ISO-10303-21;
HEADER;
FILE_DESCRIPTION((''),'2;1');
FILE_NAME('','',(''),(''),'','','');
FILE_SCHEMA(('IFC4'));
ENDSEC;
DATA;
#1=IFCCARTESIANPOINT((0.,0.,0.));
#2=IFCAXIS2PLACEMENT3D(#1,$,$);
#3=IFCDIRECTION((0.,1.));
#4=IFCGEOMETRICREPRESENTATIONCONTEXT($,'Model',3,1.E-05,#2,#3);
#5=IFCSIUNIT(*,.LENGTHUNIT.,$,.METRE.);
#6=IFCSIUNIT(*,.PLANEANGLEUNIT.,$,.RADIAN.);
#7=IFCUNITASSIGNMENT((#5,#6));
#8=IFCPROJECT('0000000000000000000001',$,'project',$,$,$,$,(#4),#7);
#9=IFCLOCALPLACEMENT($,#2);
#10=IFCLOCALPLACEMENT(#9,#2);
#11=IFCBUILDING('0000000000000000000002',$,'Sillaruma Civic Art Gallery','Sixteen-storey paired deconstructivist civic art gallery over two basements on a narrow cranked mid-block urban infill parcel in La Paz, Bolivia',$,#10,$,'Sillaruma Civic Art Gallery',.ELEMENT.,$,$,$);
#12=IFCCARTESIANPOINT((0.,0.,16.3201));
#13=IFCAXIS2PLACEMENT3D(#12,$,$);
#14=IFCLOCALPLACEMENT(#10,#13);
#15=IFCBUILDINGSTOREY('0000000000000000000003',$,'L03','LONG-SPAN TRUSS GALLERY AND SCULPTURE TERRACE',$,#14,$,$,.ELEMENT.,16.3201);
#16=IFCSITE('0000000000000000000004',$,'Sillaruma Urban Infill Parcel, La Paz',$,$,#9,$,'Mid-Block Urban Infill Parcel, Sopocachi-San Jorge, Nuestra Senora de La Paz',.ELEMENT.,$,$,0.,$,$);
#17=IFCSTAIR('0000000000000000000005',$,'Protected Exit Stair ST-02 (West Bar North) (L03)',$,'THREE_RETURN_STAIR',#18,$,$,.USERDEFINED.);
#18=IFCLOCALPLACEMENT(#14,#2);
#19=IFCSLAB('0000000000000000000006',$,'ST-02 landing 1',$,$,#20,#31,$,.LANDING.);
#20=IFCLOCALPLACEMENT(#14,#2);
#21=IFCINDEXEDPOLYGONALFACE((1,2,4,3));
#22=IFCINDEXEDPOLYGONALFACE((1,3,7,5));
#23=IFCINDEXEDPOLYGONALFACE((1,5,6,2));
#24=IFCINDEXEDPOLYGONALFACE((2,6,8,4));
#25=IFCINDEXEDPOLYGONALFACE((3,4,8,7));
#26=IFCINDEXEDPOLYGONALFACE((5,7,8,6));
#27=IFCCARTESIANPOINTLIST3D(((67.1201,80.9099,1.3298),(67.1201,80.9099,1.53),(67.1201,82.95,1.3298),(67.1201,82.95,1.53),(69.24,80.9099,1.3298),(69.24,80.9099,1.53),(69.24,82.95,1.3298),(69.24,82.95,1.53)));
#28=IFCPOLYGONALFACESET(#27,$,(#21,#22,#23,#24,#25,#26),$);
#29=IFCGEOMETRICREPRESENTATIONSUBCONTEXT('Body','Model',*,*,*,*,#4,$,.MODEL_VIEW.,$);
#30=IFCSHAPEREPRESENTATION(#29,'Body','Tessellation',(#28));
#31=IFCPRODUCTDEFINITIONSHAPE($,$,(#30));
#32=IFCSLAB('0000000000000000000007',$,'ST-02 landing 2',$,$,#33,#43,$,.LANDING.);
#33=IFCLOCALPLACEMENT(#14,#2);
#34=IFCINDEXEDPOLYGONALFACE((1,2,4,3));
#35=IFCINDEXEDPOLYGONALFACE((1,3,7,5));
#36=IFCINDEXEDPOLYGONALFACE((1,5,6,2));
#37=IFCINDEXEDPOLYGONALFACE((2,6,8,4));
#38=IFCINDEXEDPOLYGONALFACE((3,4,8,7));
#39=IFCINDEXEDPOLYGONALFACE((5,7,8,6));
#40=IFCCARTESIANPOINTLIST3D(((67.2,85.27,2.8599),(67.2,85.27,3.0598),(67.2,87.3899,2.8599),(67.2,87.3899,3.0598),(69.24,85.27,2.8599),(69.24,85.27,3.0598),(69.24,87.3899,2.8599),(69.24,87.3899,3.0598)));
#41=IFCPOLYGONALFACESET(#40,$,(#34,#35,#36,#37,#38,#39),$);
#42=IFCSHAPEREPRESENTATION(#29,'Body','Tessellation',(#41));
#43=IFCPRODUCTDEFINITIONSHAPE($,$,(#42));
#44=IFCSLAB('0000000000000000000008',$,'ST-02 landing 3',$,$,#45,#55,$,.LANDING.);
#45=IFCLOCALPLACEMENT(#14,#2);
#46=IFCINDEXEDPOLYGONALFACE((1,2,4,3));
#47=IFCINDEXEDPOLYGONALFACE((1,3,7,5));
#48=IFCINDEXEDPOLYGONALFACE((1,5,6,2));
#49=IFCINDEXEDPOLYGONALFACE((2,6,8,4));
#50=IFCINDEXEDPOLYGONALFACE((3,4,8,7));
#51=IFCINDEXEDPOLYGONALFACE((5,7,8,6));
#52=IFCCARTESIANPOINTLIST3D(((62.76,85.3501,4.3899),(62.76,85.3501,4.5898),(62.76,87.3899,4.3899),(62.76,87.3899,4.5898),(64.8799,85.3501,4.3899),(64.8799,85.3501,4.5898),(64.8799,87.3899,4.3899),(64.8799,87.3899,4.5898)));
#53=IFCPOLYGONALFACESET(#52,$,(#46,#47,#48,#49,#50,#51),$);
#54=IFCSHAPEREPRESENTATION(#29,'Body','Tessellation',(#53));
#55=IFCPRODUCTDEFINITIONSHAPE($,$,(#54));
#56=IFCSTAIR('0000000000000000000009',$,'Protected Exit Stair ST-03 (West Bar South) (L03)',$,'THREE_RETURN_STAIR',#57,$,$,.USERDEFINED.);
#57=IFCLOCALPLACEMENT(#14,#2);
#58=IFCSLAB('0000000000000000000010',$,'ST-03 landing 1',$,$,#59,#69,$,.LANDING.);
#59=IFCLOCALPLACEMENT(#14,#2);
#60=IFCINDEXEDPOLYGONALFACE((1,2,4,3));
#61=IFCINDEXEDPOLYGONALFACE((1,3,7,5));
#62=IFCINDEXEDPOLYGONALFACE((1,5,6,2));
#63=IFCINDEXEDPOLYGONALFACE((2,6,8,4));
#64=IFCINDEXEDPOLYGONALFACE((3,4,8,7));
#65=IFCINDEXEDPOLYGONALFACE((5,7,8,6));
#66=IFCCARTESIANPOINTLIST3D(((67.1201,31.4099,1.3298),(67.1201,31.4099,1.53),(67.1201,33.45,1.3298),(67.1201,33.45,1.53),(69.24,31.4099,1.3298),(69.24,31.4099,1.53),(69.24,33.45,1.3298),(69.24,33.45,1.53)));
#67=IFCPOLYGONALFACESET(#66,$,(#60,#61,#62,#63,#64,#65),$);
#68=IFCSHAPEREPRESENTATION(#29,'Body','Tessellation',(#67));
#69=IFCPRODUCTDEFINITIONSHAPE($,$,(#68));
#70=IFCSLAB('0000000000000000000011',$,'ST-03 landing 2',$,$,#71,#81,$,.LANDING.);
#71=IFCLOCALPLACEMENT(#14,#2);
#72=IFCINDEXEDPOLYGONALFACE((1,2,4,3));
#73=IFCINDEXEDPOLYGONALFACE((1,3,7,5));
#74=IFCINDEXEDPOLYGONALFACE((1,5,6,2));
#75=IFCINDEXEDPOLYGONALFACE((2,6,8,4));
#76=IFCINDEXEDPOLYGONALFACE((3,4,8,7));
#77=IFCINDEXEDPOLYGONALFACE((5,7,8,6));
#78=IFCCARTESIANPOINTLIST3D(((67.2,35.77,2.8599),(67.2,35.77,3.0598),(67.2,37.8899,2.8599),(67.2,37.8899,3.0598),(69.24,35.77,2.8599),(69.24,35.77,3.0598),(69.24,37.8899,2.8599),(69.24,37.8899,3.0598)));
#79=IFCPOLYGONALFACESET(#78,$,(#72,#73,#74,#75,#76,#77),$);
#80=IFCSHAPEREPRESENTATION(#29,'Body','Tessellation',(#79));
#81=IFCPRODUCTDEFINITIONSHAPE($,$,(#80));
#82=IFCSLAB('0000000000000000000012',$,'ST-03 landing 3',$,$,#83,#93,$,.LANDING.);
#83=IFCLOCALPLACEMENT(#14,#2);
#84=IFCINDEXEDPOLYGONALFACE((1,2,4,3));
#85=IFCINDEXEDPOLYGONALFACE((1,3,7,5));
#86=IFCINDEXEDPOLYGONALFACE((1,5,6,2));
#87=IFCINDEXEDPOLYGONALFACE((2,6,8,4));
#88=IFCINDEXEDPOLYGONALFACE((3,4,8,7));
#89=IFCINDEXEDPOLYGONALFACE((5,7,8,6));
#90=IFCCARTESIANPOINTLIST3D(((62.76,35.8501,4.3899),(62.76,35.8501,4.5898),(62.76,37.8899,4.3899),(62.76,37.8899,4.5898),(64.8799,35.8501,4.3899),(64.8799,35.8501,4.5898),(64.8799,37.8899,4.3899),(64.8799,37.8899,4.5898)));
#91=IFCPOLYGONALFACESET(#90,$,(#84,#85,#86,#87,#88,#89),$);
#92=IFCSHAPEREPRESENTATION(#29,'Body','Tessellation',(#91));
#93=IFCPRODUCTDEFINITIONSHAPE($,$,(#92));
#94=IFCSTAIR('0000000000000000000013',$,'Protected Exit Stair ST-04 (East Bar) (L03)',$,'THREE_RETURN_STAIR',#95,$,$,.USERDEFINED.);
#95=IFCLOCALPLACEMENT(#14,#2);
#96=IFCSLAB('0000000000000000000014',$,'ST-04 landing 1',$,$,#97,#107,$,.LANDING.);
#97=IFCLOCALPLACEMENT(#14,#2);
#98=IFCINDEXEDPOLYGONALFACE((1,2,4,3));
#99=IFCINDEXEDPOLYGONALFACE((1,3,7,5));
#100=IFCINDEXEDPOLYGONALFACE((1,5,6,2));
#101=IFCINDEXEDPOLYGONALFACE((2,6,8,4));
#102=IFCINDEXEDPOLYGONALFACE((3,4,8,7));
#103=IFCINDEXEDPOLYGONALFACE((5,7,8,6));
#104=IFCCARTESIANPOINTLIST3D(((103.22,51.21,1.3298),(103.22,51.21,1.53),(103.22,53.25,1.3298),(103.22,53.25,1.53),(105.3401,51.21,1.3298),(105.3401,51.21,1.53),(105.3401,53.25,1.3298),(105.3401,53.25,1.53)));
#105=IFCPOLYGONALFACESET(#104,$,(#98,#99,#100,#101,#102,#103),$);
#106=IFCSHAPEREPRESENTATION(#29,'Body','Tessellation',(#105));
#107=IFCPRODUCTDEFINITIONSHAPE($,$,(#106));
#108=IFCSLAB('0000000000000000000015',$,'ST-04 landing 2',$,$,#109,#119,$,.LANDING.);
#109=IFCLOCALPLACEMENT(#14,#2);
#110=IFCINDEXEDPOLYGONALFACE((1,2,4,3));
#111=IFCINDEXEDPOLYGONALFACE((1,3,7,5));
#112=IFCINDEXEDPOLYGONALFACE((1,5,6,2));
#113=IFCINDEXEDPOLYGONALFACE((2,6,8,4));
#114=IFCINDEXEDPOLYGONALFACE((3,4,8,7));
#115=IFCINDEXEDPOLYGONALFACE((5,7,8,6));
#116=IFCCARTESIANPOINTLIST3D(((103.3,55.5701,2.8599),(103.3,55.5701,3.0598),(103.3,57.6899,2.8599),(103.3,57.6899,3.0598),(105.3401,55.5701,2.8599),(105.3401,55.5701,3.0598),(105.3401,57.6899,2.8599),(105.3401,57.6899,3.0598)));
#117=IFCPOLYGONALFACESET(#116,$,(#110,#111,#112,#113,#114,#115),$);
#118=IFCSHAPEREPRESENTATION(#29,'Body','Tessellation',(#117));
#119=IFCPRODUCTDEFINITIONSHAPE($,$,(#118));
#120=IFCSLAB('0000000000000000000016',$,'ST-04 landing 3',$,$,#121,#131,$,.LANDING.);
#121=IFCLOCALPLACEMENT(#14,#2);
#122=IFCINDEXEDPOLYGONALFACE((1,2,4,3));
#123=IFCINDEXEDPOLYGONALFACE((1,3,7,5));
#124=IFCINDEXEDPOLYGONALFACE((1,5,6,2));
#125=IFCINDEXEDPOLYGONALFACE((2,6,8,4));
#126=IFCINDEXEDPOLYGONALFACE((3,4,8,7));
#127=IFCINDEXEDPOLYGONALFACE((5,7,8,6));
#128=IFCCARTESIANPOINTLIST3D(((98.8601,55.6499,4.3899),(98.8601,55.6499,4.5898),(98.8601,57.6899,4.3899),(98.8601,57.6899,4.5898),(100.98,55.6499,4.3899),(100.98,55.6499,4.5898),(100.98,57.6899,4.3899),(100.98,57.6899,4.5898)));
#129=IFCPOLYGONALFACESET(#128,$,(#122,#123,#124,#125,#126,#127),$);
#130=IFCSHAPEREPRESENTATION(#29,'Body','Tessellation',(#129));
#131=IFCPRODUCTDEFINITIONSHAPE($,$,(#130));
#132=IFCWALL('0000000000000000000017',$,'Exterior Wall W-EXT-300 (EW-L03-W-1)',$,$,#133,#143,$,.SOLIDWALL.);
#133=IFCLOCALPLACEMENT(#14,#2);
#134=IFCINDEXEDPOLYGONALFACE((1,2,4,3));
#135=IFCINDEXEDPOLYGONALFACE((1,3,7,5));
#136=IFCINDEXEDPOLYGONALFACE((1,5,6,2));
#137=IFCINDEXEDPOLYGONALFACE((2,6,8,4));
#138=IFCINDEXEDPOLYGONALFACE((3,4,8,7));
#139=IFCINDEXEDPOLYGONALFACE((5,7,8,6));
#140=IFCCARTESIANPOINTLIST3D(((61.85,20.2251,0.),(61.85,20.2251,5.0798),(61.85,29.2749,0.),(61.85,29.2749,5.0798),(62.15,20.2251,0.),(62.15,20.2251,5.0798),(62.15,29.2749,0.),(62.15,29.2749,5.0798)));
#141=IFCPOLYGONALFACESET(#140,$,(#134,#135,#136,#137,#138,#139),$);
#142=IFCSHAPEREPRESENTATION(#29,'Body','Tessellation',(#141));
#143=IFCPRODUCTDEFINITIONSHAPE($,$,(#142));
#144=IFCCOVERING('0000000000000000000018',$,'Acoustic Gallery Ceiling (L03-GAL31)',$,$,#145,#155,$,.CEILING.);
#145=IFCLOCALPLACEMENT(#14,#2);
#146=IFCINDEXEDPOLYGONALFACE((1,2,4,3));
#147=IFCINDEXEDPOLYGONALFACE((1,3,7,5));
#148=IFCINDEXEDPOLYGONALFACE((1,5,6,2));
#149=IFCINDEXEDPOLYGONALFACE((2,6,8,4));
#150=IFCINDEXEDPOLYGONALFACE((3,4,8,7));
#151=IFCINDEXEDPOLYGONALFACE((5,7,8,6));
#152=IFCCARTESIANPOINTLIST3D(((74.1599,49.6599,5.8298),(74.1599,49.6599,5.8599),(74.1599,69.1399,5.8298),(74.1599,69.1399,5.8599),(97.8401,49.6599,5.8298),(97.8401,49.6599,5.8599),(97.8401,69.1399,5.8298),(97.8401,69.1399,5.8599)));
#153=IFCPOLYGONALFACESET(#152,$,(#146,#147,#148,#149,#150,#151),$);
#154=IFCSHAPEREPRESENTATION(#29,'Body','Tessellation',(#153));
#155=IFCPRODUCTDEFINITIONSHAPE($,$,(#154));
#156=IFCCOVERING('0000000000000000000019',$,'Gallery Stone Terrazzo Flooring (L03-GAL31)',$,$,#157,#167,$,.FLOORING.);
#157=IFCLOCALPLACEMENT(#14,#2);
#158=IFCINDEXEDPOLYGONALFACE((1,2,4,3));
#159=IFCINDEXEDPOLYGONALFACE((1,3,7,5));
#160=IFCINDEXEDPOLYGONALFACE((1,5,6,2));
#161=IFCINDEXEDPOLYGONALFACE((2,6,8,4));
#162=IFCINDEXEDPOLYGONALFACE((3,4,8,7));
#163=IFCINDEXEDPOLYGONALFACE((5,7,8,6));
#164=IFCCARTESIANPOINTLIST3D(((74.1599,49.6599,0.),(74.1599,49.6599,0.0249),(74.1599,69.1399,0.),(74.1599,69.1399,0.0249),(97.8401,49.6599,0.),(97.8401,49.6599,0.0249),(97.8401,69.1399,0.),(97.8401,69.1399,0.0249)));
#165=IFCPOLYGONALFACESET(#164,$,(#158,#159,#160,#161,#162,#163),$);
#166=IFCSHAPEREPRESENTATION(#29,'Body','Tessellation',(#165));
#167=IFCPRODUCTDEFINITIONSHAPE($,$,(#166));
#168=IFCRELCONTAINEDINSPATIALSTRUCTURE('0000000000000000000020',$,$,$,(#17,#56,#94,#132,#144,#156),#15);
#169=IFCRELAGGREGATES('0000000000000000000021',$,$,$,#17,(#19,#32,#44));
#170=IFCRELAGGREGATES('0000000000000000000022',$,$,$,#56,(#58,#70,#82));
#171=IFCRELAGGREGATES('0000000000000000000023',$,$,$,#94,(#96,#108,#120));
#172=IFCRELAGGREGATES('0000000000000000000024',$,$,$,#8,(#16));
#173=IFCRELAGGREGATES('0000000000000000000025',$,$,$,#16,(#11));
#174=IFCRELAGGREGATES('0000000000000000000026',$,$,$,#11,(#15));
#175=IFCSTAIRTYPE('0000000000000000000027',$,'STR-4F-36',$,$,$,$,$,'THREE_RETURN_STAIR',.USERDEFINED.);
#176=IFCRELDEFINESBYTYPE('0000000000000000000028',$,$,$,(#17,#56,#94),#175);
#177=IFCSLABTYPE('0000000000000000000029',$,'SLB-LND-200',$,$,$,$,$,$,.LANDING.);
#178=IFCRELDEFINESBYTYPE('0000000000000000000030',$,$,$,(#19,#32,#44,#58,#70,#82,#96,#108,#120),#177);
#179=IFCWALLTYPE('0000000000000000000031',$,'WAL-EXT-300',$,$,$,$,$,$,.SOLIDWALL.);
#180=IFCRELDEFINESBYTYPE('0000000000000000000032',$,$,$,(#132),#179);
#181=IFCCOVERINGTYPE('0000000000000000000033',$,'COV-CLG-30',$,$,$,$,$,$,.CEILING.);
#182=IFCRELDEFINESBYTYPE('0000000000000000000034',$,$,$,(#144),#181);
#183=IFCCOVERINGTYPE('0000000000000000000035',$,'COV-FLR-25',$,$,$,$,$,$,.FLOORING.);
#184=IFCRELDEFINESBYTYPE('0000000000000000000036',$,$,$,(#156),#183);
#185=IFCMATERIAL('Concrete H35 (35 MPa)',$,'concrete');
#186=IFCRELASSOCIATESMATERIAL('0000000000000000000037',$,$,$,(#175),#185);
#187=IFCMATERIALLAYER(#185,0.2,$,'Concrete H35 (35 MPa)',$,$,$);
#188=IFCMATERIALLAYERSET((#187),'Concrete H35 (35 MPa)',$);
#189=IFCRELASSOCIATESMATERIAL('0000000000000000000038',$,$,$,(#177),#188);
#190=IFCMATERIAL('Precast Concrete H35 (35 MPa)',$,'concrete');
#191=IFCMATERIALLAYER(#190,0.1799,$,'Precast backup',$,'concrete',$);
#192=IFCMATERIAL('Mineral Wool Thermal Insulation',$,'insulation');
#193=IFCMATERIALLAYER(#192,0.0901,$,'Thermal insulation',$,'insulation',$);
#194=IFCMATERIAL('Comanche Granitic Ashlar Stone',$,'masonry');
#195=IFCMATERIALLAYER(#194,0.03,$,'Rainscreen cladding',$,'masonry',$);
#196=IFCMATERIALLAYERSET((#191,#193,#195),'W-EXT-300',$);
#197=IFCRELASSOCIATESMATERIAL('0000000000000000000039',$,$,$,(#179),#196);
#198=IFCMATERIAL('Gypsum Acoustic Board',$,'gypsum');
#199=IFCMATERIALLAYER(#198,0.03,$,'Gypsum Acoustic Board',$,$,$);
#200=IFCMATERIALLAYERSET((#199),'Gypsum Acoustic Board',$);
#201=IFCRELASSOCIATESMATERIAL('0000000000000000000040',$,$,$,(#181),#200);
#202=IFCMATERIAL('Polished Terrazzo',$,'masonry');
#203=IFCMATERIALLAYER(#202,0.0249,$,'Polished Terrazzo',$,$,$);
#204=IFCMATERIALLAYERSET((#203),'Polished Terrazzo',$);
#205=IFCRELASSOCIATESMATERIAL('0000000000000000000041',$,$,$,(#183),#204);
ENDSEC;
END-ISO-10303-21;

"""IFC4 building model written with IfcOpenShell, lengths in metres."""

from ifc_helpers import new_model, si_unit, direction, frame, frame_2d, origin, place, context, subcontext, project, spatial, polyline, rectangle, outline, extrude, material, layer, layer_set, type_object, element, aggregate, save


model = new_model("IFC4")

# Units and contexts
model_context = context("Model", 3, precision=1e-05, world=origin(), true_north=direction((0.0, 1.0)))
body_context = subcontext(model_context, "Body", "Model", "MODEL_VIEW")
ifc_project = project(units=[si_unit("LENGTHUNIT", "METRE"), si_unit("PLANEANGLEUNIT", "RADIAN")], contexts=[model_context])

# Site, building, storey
site_placement = place(None, origin())
site = spatial("IfcSite", under=ifc_project, at=site_placement, Name="Sillaruma Urban Infill Parcel, La Paz", LongName="Mid-Block Urban Infill Parcel, Sopocachi-San Jorge, Nuestra Senora de La Paz", CompositionType="ELEMENT", RefElevation=0.0)
building_placement = place(site_placement, origin())
building = spatial("IfcBuilding", under=site, at=building_placement, Name="Sillaruma Civic Art Gallery", Description="Sixteen-storey paired deconstructivist civic art gallery over two basements on a narrow cranked mid-block urban infill parcel in La Paz, Bolivia", LongName="Sillaruma Civic Art Gallery", CompositionType="ELEMENT")
storey_placement = place(building_placement, frame((0.0, 0.0, 16.3201)))
storey = spatial("IfcBuildingStorey", under=building, at=storey_placement, Name="L03", Description="LONG-SPAN TRUSS GALLERY AND SCULPTURE TERRACE", CompositionType="ELEMENT", Elevation=16.3201)

# Shared definitions
ifc_material_1 = material(Name="Concrete H35 (35 MPa)", Category="concrete")

# Stairs, slabs
stair_type = type_object("IfcStairType", Name="STR-4F-36", ElementType="THREE_RETURN_STAIR", PredefinedType="USERDEFINED", material=ifc_material_1)
stair_1_placement = place(storey_placement, origin())
stair_1 = element("IfcStair", 1, at=stair_1_placement, inside=storey, type_object=stair_type, Name="Protected Exit Stair ST-02 (West Bar North) (L03)", ObjectType="THREE_RETURN_STAIR", PredefinedType="USERDEFINED")
ifc_layer_1 = layer(ifc_material_1, 0.2, Name="Concrete H35 (35 MPa)")
ifc_layer_set_1 = layer_set([ifc_layer_1], Name="Concrete H35 (35 MPa)")
slab_type_1 = type_object("IfcSlabType", Name="SLB-LND-200", PredefinedType="LANDING", material=ifc_layer_set_1)
slab_1_placement = place(storey_placement, frame((0.0, 0.0, 1.3298)))
slab_1 = element("IfcSlab", 2, at=slab_1_placement, type_object=slab_type_1, Name="ST-02 landing 1", PredefinedType="LANDING", context=body_context, shape_type="SweptSolid", body=[
    extrude(outline(polyline([(67.1201, 80.9099), (69.24, 80.9099), (69.24, 82.95), (67.1201, 82.95), (67.1201, 80.9099)])), origin(), (0.0, 0.0, 1.0), 0.2002),
])
slab_2_placement = place(storey_placement, frame((0.0, 0.0, 2.8599)))
slab_2 = element("IfcSlab", 3, at=slab_2_placement, type_object=slab_type_1, Name="ST-02 landing 2", PredefinedType="LANDING", context=body_context, shape_type="SweptSolid", body=[
    extrude(outline(polyline([(67.2, 85.27), (69.24, 85.27), (69.24, 87.3899), (67.2, 87.3899), (67.2, 85.27)])), origin(), (0.0, 0.0, 1.0), 0.2),
])
slab_3_placement = place(storey_placement, frame((0.0, 0.0, 4.3899)))
slab_3 = element("IfcSlab", 4, at=slab_3_placement, type_object=slab_type_1, Name="ST-02 landing 3", PredefinedType="LANDING", context=body_context, shape_type="SweptSolid", body=[
    extrude(outline(polyline([(62.76, 85.3501), (64.8799, 85.3501), (64.8799, 87.3899), (62.76, 87.3899), (62.76, 85.3501)])), origin(), (0.0, 0.0, 1.0), 0.2),
])
aggregate(stair_1, [slab_1, slab_2, slab_3])
stair_2_placement = place(storey_placement, origin())
stair_2 = element("IfcStair", 5, at=stair_2_placement, inside=storey, type_object=stair_type, Name="Protected Exit Stair ST-03 (West Bar South) (L03)", ObjectType="THREE_RETURN_STAIR", PredefinedType="USERDEFINED")
slab_4_placement = place(storey_placement, frame((0.0, 0.0, 1.3298)))
slab_4 = element("IfcSlab", 6, at=slab_4_placement, type_object=slab_type_1, Name="ST-03 landing 1", PredefinedType="LANDING", context=body_context, shape_type="SweptSolid", body=[
    extrude(outline(polyline([(67.1201, 31.4099), (69.24, 31.4099), (69.24, 33.45), (67.1201, 33.45), (67.1201, 31.4099)])), origin(), (0.0, 0.0, 1.0), 0.2002),
])
slab_5_placement = place(storey_placement, frame((0.0, 0.0, 2.8599)))
slab_5 = element("IfcSlab", 7, at=slab_5_placement, type_object=slab_type_1, Name="ST-03 landing 2", PredefinedType="LANDING", context=body_context, shape_type="SweptSolid", body=[
    extrude(outline(polyline([(67.2, 35.77), (69.24, 35.77), (69.24, 37.8899), (67.2, 37.8899), (67.2, 35.77)])), origin(), (0.0, 0.0, 1.0), 0.2),
])
slab_6_placement = place(storey_placement, frame((0.0, 0.0, 4.3899)))
slab_6 = element("IfcSlab", 8, at=slab_6_placement, type_object=slab_type_1, Name="ST-03 landing 3", PredefinedType="LANDING", context=body_context, shape_type="SweptSolid", body=[
    extrude(outline(polyline([(62.76, 35.8501), (64.8799, 35.8501), (64.8799, 37.8899), (62.76, 37.8899), (62.76, 35.8501)])), origin(), (0.0, 0.0, 1.0), 0.2),
])
aggregate(stair_2, [slab_4, slab_5, slab_6])
stair_3_placement = place(storey_placement, origin())
stair_3 = element("IfcStair", 9, at=stair_3_placement, inside=storey, type_object=stair_type, Name="Protected Exit Stair ST-04 (East Bar) (L03)", ObjectType="THREE_RETURN_STAIR", PredefinedType="USERDEFINED")
slab_7_placement = place(storey_placement, frame((0.0, 0.0, 1.3298)))
slab_7 = element("IfcSlab", 10, at=slab_7_placement, type_object=slab_type_1, Name="ST-04 landing 1", PredefinedType="LANDING", context=body_context, shape_type="SweptSolid", body=[
    extrude(outline(polyline([(103.22, 51.21), (105.3401, 51.21), (105.3401, 53.25), (103.22, 53.25), (103.22, 51.21)])), origin(), (0.0, 0.0, 1.0), 0.2002),
])
slab_8_placement = place(storey_placement, frame((0.0, 0.0, 2.8599)))
slab_8 = element("IfcSlab", 11, at=slab_8_placement, type_object=slab_type_1, Name="ST-04 landing 2", PredefinedType="LANDING", context=body_context, shape_type="SweptSolid", body=[
    extrude(outline(polyline([(103.3, 55.5701), (105.3401, 55.5701), (105.3401, 57.6899), (103.3, 57.6899), (103.3, 55.5701)])), origin(), (0.0, 0.0, 1.0), 0.2),
])
slab_9_placement = place(storey_placement, frame((0.0, 0.0, 4.3899)))
slab_9 = element("IfcSlab", 12, at=slab_9_placement, type_object=slab_type_1, Name="ST-04 landing 3", PredefinedType="LANDING", context=body_context, shape_type="SweptSolid", body=[
    extrude(outline(polyline([(98.8601, 55.6499), (100.98, 55.6499), (100.98, 57.6899), (98.8601, 57.6899), (98.8601, 55.6499)])), origin(), (0.0, 0.0, 1.0), 0.2),
])
aggregate(stair_3, [slab_7, slab_8, slab_9])

# Wall
ifc_material_2 = material(Name="Precast Concrete H35 (35 MPa)", Category="concrete")
ifc_layer_2 = layer(ifc_material_2, 0.1799, Name="Precast backup", Category="concrete")
ifc_material_3 = material(Name="Mineral Wool Thermal Insulation", Category="insulation")
ifc_layer_3 = layer(ifc_material_3, 0.0901, Name="Thermal insulation", Category="insulation")
ifc_material_4 = material(Name="Comanche Granitic Ashlar Stone", Category="masonry")
ifc_layer_4 = layer(ifc_material_4, 0.03, Name="Rainscreen cladding", Category="masonry")
ifc_layer_set_2 = layer_set([ifc_layer_2, ifc_layer_3, ifc_layer_4], Name="W-EXT-300")
wall_type = type_object("IfcWallType", Name="WAL-EXT-300", PredefinedType="SOLIDWALL", material=ifc_layer_set_2)
wall_placement = place(storey_placement, frame((62.0, 20.2251, 0.0), z_axis=(0.0, 0.0, 1.0), x_axis=(0.0, 1.0, 0.0)))
element("IfcWall", 13, at=wall_placement, inside=storey, type_object=wall_type, Name="Exterior Wall W-EXT-300 (EW-L03-W-1)", PredefinedType="SOLIDWALL", context=body_context, shape_type="SweptSolid", body=[
    extrude(rectangle(XDim=9.0498, YDim=0.3, at=frame_2d((4.5249, 0.0))), origin(), (0.0, 0.0, 1.0), 5.0798),
])

# Coverings
ifc_material_5 = material(Name="Gypsum Acoustic Board", Category="gypsum")
ifc_layer_5 = layer(ifc_material_5, 0.03, Name="Gypsum Acoustic Board")
ifc_layer_set_3 = layer_set([ifc_layer_5], Name="Gypsum Acoustic Board")
covering_type_1 = type_object("IfcCoveringType", Name="COV-CLG-30", PredefinedType="CEILING", material=ifc_layer_set_3)
covering_1_placement = place(storey_placement, frame((0.0, 0.0, 5.8298)))
element("IfcCovering", 14, at=covering_1_placement, inside=storey, type_object=covering_type_1, Name="Acoustic Gallery Ceiling (L03-GAL31)", PredefinedType="CEILING", context=body_context, shape_type="SweptSolid", body=[
    extrude(outline(polyline([(74.1599, 49.6599), (97.8401, 49.6599), (97.8401, 69.1399), (74.1599, 69.1399), (74.1599, 49.6599)])), origin(), (0.0, 0.0, 1.0), 0.03),
])
ifc_material_6 = material(Name="Polished Terrazzo", Category="masonry")
ifc_layer_6 = layer(ifc_material_6, 0.0249, Name="Polished Terrazzo")
ifc_layer_set_4 = layer_set([ifc_layer_6], Name="Polished Terrazzo")
covering_type_2 = type_object("IfcCoveringType", Name="COV-FLR-25", PredefinedType="FLOORING", material=ifc_layer_set_4)
covering_2_placement = place(storey_placement, origin())
element("IfcCovering", 15, at=covering_2_placement, inside=storey, type_object=covering_type_2, Name="Gallery Stone Terrazzo Flooring (L03-GAL31)", PredefinedType="FLOORING", context=body_context, shape_type="SweptSolid", body=[
    extrude(outline(polyline([(74.1599, 49.6599), (97.8401, 49.6599), (97.8401, 69.1399), (74.1599, 69.1399), (74.1599, 49.6599)])), origin(), (0.0, 0.0, 1.0), 0.0249),
])

save(model, "model.ifc")
